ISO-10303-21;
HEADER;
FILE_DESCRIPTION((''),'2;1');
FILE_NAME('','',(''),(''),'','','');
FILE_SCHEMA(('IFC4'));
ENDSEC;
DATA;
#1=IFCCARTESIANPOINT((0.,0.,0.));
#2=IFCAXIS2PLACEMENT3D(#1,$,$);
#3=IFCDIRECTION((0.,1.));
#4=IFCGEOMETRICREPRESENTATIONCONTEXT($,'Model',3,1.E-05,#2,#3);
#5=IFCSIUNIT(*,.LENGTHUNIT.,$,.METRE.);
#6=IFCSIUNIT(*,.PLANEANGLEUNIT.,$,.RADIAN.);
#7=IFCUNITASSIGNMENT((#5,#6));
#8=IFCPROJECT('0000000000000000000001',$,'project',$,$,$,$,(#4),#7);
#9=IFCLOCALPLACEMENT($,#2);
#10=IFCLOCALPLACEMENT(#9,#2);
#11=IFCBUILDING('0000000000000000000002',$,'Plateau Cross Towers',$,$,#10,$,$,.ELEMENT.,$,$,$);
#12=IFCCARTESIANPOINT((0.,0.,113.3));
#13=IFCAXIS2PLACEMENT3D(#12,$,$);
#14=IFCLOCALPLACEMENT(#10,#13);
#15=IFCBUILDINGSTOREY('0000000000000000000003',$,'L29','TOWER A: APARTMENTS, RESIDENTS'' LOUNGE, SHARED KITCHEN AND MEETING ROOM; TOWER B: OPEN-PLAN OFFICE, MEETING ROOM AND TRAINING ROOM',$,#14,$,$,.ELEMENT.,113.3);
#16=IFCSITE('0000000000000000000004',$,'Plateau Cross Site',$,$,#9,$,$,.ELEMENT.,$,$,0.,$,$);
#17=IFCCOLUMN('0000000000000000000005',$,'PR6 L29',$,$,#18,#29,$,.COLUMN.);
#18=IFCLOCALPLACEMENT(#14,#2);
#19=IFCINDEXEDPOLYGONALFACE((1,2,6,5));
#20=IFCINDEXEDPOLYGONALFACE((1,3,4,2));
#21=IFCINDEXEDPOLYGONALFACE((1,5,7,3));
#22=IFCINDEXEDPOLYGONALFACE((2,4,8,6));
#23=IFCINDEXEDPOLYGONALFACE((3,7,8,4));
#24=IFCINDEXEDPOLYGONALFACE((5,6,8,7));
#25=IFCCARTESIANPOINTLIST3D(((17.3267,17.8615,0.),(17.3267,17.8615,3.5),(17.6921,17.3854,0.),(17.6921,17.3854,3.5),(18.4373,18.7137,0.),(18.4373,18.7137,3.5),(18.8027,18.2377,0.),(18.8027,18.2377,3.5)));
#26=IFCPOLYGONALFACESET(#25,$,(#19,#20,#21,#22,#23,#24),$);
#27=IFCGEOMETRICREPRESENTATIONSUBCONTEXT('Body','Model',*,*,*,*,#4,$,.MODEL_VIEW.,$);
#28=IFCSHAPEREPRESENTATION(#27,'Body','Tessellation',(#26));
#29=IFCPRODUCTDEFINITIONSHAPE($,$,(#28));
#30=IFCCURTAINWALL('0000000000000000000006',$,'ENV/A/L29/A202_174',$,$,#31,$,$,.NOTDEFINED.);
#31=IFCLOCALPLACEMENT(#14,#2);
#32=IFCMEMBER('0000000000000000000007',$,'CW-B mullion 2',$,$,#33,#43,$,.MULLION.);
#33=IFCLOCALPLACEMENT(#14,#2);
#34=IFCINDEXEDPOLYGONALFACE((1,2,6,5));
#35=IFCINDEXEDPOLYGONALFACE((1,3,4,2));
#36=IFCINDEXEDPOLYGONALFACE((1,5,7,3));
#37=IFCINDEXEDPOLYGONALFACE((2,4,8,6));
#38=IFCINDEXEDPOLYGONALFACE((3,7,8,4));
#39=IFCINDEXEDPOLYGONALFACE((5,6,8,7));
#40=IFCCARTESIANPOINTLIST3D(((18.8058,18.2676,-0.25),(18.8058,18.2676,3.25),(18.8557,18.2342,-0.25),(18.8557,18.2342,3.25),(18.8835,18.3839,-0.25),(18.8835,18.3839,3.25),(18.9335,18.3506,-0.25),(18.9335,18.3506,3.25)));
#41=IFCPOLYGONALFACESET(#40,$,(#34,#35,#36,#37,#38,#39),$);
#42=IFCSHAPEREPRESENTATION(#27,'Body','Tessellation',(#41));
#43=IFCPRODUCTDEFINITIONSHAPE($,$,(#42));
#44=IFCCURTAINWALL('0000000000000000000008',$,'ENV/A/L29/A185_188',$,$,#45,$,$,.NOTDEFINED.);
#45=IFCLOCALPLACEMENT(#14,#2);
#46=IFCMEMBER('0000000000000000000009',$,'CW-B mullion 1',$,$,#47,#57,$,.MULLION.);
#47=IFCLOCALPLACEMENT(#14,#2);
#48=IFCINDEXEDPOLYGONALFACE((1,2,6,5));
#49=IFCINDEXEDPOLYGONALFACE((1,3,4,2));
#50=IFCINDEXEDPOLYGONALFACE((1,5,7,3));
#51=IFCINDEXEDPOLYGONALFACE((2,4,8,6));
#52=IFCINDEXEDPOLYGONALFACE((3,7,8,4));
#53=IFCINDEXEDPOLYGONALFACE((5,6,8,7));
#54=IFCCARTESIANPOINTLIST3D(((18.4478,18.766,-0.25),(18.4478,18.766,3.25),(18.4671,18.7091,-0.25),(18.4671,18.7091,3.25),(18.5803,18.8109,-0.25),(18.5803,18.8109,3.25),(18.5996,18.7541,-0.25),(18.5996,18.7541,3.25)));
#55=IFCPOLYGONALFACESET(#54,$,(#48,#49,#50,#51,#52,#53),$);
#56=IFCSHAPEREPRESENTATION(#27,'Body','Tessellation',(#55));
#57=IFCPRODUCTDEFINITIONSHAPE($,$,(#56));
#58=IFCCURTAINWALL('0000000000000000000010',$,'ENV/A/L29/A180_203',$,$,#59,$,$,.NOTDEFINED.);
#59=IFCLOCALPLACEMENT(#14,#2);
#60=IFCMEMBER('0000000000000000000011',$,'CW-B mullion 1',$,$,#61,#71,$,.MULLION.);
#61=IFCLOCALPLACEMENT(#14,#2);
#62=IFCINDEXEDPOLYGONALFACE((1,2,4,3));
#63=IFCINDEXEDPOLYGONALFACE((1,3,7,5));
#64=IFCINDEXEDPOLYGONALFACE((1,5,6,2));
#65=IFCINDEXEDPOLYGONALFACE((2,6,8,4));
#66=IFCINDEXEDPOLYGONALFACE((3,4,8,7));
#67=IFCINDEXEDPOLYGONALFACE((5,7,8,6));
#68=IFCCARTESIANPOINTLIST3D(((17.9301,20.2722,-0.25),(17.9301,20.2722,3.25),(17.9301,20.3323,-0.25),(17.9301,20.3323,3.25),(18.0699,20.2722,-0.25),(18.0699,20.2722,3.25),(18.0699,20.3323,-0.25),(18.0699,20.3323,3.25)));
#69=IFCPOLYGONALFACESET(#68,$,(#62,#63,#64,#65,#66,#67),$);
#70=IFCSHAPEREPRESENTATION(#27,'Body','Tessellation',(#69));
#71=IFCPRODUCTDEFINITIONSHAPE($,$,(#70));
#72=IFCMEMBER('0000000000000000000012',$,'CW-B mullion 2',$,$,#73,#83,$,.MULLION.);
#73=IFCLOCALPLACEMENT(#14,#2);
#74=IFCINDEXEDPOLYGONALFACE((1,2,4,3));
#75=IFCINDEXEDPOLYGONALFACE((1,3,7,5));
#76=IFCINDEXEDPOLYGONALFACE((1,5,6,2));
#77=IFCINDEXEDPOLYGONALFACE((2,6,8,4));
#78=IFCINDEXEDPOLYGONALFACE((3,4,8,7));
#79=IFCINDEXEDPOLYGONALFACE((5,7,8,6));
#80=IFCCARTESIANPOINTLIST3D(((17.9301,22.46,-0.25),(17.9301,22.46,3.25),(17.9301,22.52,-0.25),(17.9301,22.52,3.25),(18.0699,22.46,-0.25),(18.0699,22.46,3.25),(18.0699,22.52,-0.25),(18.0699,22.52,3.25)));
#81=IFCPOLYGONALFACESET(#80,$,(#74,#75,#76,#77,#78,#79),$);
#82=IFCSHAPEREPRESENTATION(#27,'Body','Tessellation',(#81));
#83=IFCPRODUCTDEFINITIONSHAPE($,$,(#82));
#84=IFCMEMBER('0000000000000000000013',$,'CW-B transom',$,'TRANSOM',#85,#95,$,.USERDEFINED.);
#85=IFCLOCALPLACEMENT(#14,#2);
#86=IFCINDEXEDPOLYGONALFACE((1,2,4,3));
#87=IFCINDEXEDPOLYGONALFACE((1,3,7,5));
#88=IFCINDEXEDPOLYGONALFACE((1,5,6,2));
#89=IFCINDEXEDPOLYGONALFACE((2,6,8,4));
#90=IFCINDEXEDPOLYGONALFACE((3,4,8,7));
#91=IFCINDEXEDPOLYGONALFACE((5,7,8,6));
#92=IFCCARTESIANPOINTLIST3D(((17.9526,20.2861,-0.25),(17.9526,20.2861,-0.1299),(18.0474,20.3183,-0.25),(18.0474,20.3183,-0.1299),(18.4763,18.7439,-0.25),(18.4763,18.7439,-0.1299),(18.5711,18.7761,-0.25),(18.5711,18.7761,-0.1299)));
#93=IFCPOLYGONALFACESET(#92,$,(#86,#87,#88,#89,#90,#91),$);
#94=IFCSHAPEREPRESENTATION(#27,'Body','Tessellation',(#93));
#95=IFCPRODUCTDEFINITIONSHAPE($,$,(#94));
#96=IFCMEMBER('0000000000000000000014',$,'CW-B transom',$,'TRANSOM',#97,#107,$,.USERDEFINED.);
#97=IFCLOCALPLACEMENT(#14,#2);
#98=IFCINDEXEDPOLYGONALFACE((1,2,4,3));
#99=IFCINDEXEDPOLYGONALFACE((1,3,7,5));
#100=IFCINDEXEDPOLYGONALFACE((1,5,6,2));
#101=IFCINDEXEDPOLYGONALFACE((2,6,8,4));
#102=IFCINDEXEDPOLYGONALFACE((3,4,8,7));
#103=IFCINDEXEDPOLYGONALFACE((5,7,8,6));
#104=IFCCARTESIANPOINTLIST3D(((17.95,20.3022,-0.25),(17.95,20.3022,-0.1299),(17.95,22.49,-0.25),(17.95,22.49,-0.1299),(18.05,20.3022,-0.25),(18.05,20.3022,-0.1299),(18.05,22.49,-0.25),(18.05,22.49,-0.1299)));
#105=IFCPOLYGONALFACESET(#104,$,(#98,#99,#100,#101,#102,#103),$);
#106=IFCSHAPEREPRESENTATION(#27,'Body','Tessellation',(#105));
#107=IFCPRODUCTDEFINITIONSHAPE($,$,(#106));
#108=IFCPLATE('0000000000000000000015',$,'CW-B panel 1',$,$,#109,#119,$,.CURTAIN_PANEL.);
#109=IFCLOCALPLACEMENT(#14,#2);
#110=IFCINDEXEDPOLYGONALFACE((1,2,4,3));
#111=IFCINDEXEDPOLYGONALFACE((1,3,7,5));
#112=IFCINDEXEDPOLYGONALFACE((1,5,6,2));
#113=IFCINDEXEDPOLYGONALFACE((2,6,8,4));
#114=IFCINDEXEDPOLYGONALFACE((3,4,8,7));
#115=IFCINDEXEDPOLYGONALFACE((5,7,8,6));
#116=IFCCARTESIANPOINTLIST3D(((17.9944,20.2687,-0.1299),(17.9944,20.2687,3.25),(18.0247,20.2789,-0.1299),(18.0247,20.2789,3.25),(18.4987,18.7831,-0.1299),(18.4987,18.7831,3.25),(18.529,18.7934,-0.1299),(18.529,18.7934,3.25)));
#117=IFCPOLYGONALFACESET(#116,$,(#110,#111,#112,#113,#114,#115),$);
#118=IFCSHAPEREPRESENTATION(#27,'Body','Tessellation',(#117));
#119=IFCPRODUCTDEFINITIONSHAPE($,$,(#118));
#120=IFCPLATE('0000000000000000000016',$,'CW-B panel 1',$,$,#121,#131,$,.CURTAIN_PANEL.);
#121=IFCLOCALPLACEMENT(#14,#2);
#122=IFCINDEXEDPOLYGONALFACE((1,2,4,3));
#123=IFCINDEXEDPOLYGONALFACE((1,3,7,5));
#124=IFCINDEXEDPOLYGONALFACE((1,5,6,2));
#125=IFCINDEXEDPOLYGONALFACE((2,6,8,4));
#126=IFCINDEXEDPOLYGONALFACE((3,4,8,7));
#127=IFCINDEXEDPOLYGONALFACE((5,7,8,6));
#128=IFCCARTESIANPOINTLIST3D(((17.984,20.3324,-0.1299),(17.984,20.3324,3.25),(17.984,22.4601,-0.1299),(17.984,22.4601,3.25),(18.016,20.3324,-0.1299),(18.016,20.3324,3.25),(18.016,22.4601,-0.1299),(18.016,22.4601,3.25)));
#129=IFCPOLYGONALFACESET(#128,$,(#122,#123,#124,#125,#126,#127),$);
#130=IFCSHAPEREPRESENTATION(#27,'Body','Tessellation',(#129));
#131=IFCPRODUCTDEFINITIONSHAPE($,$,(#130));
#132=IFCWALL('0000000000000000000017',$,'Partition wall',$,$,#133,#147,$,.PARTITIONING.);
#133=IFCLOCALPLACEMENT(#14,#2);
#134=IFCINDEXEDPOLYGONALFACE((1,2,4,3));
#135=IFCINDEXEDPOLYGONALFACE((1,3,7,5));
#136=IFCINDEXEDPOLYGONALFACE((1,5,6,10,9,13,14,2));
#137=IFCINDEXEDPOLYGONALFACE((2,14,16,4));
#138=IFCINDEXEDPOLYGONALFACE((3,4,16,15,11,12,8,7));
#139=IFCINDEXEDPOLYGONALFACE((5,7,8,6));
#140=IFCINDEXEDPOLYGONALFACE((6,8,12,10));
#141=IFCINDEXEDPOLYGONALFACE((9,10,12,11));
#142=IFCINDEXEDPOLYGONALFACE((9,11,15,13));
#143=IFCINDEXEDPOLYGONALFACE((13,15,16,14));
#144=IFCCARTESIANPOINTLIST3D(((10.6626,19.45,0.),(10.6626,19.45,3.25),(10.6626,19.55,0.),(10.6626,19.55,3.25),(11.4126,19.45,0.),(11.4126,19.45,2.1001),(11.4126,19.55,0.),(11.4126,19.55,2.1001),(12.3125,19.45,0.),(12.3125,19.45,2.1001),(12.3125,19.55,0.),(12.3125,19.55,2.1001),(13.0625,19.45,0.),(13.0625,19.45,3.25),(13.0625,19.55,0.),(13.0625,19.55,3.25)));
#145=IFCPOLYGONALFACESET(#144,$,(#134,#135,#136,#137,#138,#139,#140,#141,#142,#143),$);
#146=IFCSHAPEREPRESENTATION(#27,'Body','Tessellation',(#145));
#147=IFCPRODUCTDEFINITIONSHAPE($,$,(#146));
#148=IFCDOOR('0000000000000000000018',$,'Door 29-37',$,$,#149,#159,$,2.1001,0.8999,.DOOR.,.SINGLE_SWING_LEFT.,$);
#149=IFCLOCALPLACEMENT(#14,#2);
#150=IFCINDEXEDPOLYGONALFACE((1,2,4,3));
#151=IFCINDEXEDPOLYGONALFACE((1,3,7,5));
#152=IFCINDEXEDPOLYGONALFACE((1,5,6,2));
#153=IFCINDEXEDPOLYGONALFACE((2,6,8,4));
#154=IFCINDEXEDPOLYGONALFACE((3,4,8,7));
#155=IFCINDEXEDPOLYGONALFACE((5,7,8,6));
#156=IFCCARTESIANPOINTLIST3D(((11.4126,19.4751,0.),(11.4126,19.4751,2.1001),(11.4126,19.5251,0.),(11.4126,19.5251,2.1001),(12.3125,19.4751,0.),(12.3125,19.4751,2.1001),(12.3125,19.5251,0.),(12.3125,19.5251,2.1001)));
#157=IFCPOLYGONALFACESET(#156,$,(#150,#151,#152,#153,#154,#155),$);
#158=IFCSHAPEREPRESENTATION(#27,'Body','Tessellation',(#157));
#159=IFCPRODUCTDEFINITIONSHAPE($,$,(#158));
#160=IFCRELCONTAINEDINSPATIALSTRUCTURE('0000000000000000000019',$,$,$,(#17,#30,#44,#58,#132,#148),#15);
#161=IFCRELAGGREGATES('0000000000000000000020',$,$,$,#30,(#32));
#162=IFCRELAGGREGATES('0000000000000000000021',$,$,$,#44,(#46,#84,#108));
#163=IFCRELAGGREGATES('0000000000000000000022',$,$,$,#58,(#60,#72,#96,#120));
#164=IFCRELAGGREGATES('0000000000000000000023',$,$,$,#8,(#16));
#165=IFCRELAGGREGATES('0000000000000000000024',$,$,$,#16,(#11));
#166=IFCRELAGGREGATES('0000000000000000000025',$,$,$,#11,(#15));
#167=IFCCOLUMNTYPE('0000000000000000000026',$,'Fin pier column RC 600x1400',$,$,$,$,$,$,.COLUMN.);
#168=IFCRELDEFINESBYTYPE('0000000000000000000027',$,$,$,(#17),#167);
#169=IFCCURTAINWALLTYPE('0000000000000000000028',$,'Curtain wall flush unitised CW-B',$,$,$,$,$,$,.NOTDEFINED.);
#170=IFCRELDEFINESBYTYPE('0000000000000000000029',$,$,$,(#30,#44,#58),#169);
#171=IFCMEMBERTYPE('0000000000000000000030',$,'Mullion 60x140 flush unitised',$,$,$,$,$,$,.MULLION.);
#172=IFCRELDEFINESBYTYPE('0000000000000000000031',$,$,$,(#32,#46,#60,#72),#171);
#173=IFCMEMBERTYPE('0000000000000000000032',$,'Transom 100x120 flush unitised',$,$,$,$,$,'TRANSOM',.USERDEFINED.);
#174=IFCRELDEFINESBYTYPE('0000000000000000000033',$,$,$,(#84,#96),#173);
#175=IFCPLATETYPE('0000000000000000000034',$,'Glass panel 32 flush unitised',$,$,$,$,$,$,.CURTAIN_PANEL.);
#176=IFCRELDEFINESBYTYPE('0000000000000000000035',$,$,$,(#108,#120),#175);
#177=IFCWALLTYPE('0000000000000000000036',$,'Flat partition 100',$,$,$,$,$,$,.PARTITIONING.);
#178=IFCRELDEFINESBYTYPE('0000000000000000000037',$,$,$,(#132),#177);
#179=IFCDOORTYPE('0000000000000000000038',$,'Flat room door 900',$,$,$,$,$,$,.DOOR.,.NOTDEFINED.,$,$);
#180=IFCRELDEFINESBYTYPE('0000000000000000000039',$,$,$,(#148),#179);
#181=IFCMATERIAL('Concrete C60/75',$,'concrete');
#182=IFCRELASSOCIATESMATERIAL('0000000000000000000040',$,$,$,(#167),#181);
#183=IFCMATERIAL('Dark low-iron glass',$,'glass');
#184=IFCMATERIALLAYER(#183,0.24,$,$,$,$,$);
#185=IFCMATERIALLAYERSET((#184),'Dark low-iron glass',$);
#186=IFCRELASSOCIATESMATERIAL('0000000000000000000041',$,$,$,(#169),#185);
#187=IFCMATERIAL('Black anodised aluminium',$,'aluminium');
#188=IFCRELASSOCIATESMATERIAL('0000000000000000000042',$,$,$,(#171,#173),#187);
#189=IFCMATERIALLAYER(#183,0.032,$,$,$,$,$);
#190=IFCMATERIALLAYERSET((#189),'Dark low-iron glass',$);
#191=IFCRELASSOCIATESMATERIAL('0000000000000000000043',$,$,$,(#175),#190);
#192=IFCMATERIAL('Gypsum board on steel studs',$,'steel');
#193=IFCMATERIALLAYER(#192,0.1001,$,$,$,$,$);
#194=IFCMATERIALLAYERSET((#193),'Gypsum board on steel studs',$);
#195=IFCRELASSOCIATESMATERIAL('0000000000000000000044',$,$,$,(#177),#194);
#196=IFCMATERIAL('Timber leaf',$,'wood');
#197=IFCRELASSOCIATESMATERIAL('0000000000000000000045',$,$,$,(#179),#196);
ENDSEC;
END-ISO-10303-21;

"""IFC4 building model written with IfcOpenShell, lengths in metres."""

from ifc_helpers import new_model, si_unit, direction, frame, frame_2d, origin, origin_2d, place, context, subcontext, project, spatial, rectangle, extrude, material, layer, layer_set, material_profile, profile_set, type_object, element, fill, aggregate, save


model = new_model("IFC4")

# Units and contexts
model_context = context("Model", 3, precision=1e-05, world=origin(), true_north=direction((0.0, 1.0)))
body_context = subcontext(model_context, "Body", "Model", "MODEL_VIEW")
ifc_project = project(units=[si_unit("LENGTHUNIT", "METRE"), si_unit("PLANEANGLEUNIT", "RADIAN")], contexts=[model_context])

# Site, building, storey
site_placement = place(None, origin())
site = spatial("IfcSite", under=ifc_project, at=site_placement, Name="Plateau Cross Site", CompositionType="ELEMENT", RefElevation=0.0)
building_placement = place(site_placement, origin())
building = spatial("IfcBuilding", under=site, at=building_placement, Name="Plateau Cross Towers", CompositionType="ELEMENT")
storey_placement = place(building_placement, frame((0.0, 0.0, 113.3)))
storey = spatial("IfcBuildingStorey", under=building, at=storey_placement, Name="L29", Description="TOWER A: APARTMENTS, RESIDENTS' LOUNGE, SHARED KITCHEN AND MEETING ROOM; TOWER B: OPEN-PLAN OFFICE, MEETING ROOM AND TRAINING ROOM", CompositionType="ELEMENT", Elevation=113.3)

# Column
ifc_material_1 = material(Name="Concrete C60/75", Category="concrete")
ifc_material_profile_1 = material_profile(ifc_material_1, rectangle(XDim=0.6001, YDim=1.3999, at=origin_2d()), Name="RC 600x1400")
ifc_profile_set_1 = profile_set([ifc_material_profile_1], Name="Concrete C60/75")
column_type = type_object("IfcColumnType", Name="Fin pier column RC 600x1400", PredefinedType="COLUMN", material=ifc_profile_set_1)
column_placement = place(storey_placement, frame((18.0647, 18.0496, 0.0), z_axis=(0.0, 0.0, 1.0), x_axis=(-0.608811, 0.793315, 0.0)))
element("IfcColumn", 1, at=column_placement, inside=storey, type_object=column_type, Name="PR6 L29", PredefinedType="COLUMN", context=body_context, shape_type="SweptSolid", body=[
    extrude(rectangle(XDim=0.6001, YDim=1.3999, at=origin_2d()), origin(), (0.0, 0.0, 1.0), 3.5),
])

# Curtain walls, members
ifc_material_2 = material(Name="Dark low-iron glass", Category="glass")
ifc_layer_1 = layer(ifc_material_2, 0.24)
ifc_layer_set_1 = layer_set([ifc_layer_1], Name="Dark low-iron glass")
curtain_wall_type = type_object("IfcCurtainWallType", Name="Curtain wall flush unitised CW-B", PredefinedType="NOTDEFINED", material=ifc_layer_set_1)
curtain_wall_1_placement = place(storey_placement, origin())
curtain_wall_1 = element("IfcCurtainWall", 2, at=curtain_wall_1_placement, inside=storey, type_object=curtain_wall_type, Name="ENV/A/L29/A202_174", PredefinedType="NOTDEFINED")
ifc_material_3 = material(Name="Black anodised aluminium", Category="aluminium")
ifc_material_profile_2 = material_profile(ifc_material_3, rectangle(XDim=0.0601, YDim=0.1399, at=origin_2d()), Name="MULLION 60x140")
ifc_profile_set_2 = profile_set([ifc_material_profile_2], Name="Black anodised aluminium")
member_type_1 = type_object("IfcMemberType", Name="Mullion 60x140 flush unitised", PredefinedType="MULLION", material=ifc_profile_set_2)
member_1_placement = place(storey_placement, frame((18.8696, 18.3091, -0.25), z_axis=(0.0, 0.0, 1.0), x_axis=(-0.831521, 0.555493, 0.0)))
member_1 = element("IfcMember", 3, at=member_1_placement, type_object=member_type_1, Name="CW-B mullion 2", PredefinedType="MULLION", context=body_context, shape_type="SweptSolid", body=[
    extrude(rectangle(XDim=0.0601, YDim=0.1399, at=origin_2d()), origin(), (0.0, 0.0, 1.0), 3.5),
])
aggregate(curtain_wall_1, [member_1])
curtain_wall_2_placement = place(storey_placement, origin())
curtain_wall_2 = element("IfcCurtainWall", 4, at=curtain_wall_2_placement, inside=storey, type_object=curtain_wall_type, Name="ENV/A/L29/A185_188", PredefinedType="NOTDEFINED")
member_2_placement = place(storey_placement, frame((18.5237, 18.76, -0.25), z_axis=(0.0, 0.0, 1.0), x_axis=(-0.321469, 0.94692, 0.0)))
member_2 = element("IfcMember", 5, at=member_2_placement, type_object=member_type_1, Name="CW-B mullion 1", PredefinedType="MULLION", context=body_context, shape_type="SweptSolid", body=[
    extrude(rectangle(XDim=0.0601, YDim=0.1399, at=origin_2d()), origin(), (0.0, 0.0, 1.0), 3.5),
])

# Curtain wall, members
curtain_wall_3_placement = place(storey_placement, origin())
curtain_wall_3 = element("IfcCurtainWall", 6, at=curtain_wall_3_placement, inside=storey, type_object=curtain_wall_type, Name="ENV/A/L29/A180_203", PredefinedType="NOTDEFINED")
member_3_placement = place(storey_placement, frame((18.0, 20.3022, -0.25), z_axis=(0.0, 0.0, 1.0), x_axis=(0.0, 1.0, 0.0)))
member_3 = element("IfcMember", 7, at=member_3_placement, type_object=member_type_1, Name="CW-B mullion 1", PredefinedType="MULLION", context=body_context, shape_type="SweptSolid", body=[
    extrude(rectangle(XDim=0.0601, YDim=0.1399, at=origin_2d()), origin(), (0.0, 0.0, 1.0), 3.5),
])
member_4_placement = place(storey_placement, frame((18.0, 22.49, -0.25), z_axis=(0.0, 0.0, 1.0), x_axis=(0.0, 1.0, 0.0)))
member_4 = element("IfcMember", 8, at=member_4_placement, type_object=member_type_1, Name="CW-B mullion 2", PredefinedType="MULLION", context=body_context, shape_type="SweptSolid", body=[
    extrude(rectangle(XDim=0.0601, YDim=0.1399, at=origin_2d()), origin(), (0.0, 0.0, 1.0), 3.5),
])

# Members
ifc_material_profile_3 = material_profile(ifc_material_3, rectangle(XDim=0.1001, YDim=0.1201, at=origin_2d()), Name="TRANSOM 100x120")
ifc_profile_set_3 = profile_set([ifc_material_profile_3], Name="Black anodised aluminium")
member_type_2 = type_object("IfcMemberType", Name="Transom 100x120 flush unitised", ElementType="TRANSOM", PredefinedType="USERDEFINED", material=ifc_profile_set_3)
member_5_placement = place(storey_placement, frame((18.5237, 18.76, -0.1899), z_axis=(-0.321529, 0.9469, 0.0), x_axis=(-0.9469, -0.321529, 0.0)))
member_5 = element("IfcMember", 9, at=member_5_placement, type_object=member_type_2, Name="CW-B transom", ObjectType="TRANSOM", PredefinedType="USERDEFINED", context=body_context, shape_type="SweptSolid", body=[
    extrude(rectangle(XDim=0.1001, YDim=0.1201, at=origin_2d()), origin(), (0.0, 0.0, 1.0), 1.6287),
])
member_6_placement = place(storey_placement, frame((18.0, 20.3022, -0.1899), z_axis=(0.0, 1.0, 0.0), x_axis=(-1.0, 0.0, 0.0)))
member_6 = element("IfcMember", 10, at=member_6_placement, type_object=member_type_2, Name="CW-B transom", ObjectType="TRANSOM", PredefinedType="USERDEFINED", context=body_context, shape_type="SweptSolid", body=[
    extrude(rectangle(XDim=0.1001, YDim=0.1201, at=origin_2d()), origin(), (0.0, 0.0, 1.0), 2.1877),
])

# Plates
ifc_layer_2 = layer(ifc_material_2, 0.032)
ifc_layer_set_2 = layer_set([ifc_layer_2], Name="Dark low-iron glass")
plate_type = type_object("IfcPlateType", Name="Glass panel 32 flush unitised", PredefinedType="CURTAIN_PANEL", material=ifc_layer_set_2)
plate_1_placement = place(storey_placement, frame((18.2617, 19.531, -0.1299), z_axis=(0.0, 0.0, 1.0), x_axis=(-0.321469, 0.94692, 0.0)))
plate_1 = element("IfcPlate", 11, at=plate_1_placement, type_object=plate_type, Name="CW-B panel 1", PredefinedType="CURTAIN_PANEL", context=body_context, shape_type="SweptSolid", body=[
    extrude(rectangle(XDim=1.5688, YDim=0.032, at=origin_2d()), origin(), (0.0, 0.0, 1.0), 3.3799),
])
aggregate(curtain_wall_2, [member_2, member_5, plate_1])
plate_2_placement = place(storey_placement, frame((18.0, 21.3962, -0.1299), z_axis=(0.0, 0.0, 1.0), x_axis=(0.0, 1.0, 0.0)))
plate_2 = element("IfcPlate", 12, at=plate_2_placement, type_object=plate_type, Name="CW-B panel 1", PredefinedType="CURTAIN_PANEL", context=body_context, shape_type="SweptSolid", body=[
    extrude(rectangle(XDim=2.1277, YDim=0.032, at=origin_2d()), origin(), (0.0, 0.0, 1.0), 3.3799),
])
aggregate(curtain_wall_3, [member_3, member_4, member_6, plate_2])

# Wall, opening, door
ifc_material_4 = material(Name="Gypsum board on steel studs", Category="steel")
ifc_layer_3 = layer(ifc_material_4, 0.1001)
ifc_layer_set_3 = layer_set([ifc_layer_3], Name="Gypsum board on steel studs")
wall_type_1 = type_object("IfcWallType", Name="Flat partition 100", PredefinedType="PARTITIONING", material=ifc_layer_set_3)
wall_1_placement = place(storey_placement, frame((13.0625, 19.5, 0.0), z_axis=(0.0, 0.0, 1.0), x_axis=(-1.0, 0.0, 0.0)))
wall_1 = element("IfcWall", 13, at=wall_1_placement, inside=storey, type_object=wall_type_1, Name="Partition wall", PredefinedType="PARTITIONING", context=body_context, shape_type="SweptSolid", body=[
    extrude(rectangle(XDim=2.3999, YDim=0.1001, at=frame_2d((1.2, 0.0))), origin(), (0.0, 0.0, 1.0), 3.25),
])
opening_1_placement = place(wall_1_placement, frame((0.75, 0.0, 0.0)))
opening_1 = element("IfcOpeningElement", 14, at=opening_1_placement, cuts=wall_1, PredefinedType="OPENING", context=body_context, shape_type="SweptSolid", body=[
    extrude(rectangle(XDim=0.8999, YDim=2.1001, at=frame_2d((0.45, 1.05))), frame((0.0, 0.0601, 0.0), z_axis=(0.0, -1.0, 0.0), x_axis=(1.0, 0.0, 0.0)), (0.0, 0.0, 1.0), 0.1201),
])
ifc_material_5 = material(Name="Timber leaf", Category="wood")
door_type = type_object("IfcDoorType", Name="Flat room door 900", OperationType="NOTDEFINED", PredefinedType="DOOR", material=ifc_material_5)
door_1_placement = place(opening_1_placement, origin())
door_1 = element("IfcDoor", 15, at=door_1_placement, inside=storey, type_object=door_type, Name="Door 29-37", OperationType="SINGLE_SWING_LEFT", OverallHeight=2.1001, OverallWidth=0.8999, PredefinedType="DOOR", context=body_context, shape_type="SweptSolid", body=[
    extrude(rectangle(XDim=0.8999, YDim=2.1001, at=frame_2d((0.45, 1.05))), frame((0.0, 0.0249, 0.0), z_axis=(0.0, -1.0, 0.0), x_axis=(1.0, 0.0, 0.0)), (0.0, 0.0, 1.0), 0.05),
])
fill(opening_1, door_1)

save(model, "model.ifc")
